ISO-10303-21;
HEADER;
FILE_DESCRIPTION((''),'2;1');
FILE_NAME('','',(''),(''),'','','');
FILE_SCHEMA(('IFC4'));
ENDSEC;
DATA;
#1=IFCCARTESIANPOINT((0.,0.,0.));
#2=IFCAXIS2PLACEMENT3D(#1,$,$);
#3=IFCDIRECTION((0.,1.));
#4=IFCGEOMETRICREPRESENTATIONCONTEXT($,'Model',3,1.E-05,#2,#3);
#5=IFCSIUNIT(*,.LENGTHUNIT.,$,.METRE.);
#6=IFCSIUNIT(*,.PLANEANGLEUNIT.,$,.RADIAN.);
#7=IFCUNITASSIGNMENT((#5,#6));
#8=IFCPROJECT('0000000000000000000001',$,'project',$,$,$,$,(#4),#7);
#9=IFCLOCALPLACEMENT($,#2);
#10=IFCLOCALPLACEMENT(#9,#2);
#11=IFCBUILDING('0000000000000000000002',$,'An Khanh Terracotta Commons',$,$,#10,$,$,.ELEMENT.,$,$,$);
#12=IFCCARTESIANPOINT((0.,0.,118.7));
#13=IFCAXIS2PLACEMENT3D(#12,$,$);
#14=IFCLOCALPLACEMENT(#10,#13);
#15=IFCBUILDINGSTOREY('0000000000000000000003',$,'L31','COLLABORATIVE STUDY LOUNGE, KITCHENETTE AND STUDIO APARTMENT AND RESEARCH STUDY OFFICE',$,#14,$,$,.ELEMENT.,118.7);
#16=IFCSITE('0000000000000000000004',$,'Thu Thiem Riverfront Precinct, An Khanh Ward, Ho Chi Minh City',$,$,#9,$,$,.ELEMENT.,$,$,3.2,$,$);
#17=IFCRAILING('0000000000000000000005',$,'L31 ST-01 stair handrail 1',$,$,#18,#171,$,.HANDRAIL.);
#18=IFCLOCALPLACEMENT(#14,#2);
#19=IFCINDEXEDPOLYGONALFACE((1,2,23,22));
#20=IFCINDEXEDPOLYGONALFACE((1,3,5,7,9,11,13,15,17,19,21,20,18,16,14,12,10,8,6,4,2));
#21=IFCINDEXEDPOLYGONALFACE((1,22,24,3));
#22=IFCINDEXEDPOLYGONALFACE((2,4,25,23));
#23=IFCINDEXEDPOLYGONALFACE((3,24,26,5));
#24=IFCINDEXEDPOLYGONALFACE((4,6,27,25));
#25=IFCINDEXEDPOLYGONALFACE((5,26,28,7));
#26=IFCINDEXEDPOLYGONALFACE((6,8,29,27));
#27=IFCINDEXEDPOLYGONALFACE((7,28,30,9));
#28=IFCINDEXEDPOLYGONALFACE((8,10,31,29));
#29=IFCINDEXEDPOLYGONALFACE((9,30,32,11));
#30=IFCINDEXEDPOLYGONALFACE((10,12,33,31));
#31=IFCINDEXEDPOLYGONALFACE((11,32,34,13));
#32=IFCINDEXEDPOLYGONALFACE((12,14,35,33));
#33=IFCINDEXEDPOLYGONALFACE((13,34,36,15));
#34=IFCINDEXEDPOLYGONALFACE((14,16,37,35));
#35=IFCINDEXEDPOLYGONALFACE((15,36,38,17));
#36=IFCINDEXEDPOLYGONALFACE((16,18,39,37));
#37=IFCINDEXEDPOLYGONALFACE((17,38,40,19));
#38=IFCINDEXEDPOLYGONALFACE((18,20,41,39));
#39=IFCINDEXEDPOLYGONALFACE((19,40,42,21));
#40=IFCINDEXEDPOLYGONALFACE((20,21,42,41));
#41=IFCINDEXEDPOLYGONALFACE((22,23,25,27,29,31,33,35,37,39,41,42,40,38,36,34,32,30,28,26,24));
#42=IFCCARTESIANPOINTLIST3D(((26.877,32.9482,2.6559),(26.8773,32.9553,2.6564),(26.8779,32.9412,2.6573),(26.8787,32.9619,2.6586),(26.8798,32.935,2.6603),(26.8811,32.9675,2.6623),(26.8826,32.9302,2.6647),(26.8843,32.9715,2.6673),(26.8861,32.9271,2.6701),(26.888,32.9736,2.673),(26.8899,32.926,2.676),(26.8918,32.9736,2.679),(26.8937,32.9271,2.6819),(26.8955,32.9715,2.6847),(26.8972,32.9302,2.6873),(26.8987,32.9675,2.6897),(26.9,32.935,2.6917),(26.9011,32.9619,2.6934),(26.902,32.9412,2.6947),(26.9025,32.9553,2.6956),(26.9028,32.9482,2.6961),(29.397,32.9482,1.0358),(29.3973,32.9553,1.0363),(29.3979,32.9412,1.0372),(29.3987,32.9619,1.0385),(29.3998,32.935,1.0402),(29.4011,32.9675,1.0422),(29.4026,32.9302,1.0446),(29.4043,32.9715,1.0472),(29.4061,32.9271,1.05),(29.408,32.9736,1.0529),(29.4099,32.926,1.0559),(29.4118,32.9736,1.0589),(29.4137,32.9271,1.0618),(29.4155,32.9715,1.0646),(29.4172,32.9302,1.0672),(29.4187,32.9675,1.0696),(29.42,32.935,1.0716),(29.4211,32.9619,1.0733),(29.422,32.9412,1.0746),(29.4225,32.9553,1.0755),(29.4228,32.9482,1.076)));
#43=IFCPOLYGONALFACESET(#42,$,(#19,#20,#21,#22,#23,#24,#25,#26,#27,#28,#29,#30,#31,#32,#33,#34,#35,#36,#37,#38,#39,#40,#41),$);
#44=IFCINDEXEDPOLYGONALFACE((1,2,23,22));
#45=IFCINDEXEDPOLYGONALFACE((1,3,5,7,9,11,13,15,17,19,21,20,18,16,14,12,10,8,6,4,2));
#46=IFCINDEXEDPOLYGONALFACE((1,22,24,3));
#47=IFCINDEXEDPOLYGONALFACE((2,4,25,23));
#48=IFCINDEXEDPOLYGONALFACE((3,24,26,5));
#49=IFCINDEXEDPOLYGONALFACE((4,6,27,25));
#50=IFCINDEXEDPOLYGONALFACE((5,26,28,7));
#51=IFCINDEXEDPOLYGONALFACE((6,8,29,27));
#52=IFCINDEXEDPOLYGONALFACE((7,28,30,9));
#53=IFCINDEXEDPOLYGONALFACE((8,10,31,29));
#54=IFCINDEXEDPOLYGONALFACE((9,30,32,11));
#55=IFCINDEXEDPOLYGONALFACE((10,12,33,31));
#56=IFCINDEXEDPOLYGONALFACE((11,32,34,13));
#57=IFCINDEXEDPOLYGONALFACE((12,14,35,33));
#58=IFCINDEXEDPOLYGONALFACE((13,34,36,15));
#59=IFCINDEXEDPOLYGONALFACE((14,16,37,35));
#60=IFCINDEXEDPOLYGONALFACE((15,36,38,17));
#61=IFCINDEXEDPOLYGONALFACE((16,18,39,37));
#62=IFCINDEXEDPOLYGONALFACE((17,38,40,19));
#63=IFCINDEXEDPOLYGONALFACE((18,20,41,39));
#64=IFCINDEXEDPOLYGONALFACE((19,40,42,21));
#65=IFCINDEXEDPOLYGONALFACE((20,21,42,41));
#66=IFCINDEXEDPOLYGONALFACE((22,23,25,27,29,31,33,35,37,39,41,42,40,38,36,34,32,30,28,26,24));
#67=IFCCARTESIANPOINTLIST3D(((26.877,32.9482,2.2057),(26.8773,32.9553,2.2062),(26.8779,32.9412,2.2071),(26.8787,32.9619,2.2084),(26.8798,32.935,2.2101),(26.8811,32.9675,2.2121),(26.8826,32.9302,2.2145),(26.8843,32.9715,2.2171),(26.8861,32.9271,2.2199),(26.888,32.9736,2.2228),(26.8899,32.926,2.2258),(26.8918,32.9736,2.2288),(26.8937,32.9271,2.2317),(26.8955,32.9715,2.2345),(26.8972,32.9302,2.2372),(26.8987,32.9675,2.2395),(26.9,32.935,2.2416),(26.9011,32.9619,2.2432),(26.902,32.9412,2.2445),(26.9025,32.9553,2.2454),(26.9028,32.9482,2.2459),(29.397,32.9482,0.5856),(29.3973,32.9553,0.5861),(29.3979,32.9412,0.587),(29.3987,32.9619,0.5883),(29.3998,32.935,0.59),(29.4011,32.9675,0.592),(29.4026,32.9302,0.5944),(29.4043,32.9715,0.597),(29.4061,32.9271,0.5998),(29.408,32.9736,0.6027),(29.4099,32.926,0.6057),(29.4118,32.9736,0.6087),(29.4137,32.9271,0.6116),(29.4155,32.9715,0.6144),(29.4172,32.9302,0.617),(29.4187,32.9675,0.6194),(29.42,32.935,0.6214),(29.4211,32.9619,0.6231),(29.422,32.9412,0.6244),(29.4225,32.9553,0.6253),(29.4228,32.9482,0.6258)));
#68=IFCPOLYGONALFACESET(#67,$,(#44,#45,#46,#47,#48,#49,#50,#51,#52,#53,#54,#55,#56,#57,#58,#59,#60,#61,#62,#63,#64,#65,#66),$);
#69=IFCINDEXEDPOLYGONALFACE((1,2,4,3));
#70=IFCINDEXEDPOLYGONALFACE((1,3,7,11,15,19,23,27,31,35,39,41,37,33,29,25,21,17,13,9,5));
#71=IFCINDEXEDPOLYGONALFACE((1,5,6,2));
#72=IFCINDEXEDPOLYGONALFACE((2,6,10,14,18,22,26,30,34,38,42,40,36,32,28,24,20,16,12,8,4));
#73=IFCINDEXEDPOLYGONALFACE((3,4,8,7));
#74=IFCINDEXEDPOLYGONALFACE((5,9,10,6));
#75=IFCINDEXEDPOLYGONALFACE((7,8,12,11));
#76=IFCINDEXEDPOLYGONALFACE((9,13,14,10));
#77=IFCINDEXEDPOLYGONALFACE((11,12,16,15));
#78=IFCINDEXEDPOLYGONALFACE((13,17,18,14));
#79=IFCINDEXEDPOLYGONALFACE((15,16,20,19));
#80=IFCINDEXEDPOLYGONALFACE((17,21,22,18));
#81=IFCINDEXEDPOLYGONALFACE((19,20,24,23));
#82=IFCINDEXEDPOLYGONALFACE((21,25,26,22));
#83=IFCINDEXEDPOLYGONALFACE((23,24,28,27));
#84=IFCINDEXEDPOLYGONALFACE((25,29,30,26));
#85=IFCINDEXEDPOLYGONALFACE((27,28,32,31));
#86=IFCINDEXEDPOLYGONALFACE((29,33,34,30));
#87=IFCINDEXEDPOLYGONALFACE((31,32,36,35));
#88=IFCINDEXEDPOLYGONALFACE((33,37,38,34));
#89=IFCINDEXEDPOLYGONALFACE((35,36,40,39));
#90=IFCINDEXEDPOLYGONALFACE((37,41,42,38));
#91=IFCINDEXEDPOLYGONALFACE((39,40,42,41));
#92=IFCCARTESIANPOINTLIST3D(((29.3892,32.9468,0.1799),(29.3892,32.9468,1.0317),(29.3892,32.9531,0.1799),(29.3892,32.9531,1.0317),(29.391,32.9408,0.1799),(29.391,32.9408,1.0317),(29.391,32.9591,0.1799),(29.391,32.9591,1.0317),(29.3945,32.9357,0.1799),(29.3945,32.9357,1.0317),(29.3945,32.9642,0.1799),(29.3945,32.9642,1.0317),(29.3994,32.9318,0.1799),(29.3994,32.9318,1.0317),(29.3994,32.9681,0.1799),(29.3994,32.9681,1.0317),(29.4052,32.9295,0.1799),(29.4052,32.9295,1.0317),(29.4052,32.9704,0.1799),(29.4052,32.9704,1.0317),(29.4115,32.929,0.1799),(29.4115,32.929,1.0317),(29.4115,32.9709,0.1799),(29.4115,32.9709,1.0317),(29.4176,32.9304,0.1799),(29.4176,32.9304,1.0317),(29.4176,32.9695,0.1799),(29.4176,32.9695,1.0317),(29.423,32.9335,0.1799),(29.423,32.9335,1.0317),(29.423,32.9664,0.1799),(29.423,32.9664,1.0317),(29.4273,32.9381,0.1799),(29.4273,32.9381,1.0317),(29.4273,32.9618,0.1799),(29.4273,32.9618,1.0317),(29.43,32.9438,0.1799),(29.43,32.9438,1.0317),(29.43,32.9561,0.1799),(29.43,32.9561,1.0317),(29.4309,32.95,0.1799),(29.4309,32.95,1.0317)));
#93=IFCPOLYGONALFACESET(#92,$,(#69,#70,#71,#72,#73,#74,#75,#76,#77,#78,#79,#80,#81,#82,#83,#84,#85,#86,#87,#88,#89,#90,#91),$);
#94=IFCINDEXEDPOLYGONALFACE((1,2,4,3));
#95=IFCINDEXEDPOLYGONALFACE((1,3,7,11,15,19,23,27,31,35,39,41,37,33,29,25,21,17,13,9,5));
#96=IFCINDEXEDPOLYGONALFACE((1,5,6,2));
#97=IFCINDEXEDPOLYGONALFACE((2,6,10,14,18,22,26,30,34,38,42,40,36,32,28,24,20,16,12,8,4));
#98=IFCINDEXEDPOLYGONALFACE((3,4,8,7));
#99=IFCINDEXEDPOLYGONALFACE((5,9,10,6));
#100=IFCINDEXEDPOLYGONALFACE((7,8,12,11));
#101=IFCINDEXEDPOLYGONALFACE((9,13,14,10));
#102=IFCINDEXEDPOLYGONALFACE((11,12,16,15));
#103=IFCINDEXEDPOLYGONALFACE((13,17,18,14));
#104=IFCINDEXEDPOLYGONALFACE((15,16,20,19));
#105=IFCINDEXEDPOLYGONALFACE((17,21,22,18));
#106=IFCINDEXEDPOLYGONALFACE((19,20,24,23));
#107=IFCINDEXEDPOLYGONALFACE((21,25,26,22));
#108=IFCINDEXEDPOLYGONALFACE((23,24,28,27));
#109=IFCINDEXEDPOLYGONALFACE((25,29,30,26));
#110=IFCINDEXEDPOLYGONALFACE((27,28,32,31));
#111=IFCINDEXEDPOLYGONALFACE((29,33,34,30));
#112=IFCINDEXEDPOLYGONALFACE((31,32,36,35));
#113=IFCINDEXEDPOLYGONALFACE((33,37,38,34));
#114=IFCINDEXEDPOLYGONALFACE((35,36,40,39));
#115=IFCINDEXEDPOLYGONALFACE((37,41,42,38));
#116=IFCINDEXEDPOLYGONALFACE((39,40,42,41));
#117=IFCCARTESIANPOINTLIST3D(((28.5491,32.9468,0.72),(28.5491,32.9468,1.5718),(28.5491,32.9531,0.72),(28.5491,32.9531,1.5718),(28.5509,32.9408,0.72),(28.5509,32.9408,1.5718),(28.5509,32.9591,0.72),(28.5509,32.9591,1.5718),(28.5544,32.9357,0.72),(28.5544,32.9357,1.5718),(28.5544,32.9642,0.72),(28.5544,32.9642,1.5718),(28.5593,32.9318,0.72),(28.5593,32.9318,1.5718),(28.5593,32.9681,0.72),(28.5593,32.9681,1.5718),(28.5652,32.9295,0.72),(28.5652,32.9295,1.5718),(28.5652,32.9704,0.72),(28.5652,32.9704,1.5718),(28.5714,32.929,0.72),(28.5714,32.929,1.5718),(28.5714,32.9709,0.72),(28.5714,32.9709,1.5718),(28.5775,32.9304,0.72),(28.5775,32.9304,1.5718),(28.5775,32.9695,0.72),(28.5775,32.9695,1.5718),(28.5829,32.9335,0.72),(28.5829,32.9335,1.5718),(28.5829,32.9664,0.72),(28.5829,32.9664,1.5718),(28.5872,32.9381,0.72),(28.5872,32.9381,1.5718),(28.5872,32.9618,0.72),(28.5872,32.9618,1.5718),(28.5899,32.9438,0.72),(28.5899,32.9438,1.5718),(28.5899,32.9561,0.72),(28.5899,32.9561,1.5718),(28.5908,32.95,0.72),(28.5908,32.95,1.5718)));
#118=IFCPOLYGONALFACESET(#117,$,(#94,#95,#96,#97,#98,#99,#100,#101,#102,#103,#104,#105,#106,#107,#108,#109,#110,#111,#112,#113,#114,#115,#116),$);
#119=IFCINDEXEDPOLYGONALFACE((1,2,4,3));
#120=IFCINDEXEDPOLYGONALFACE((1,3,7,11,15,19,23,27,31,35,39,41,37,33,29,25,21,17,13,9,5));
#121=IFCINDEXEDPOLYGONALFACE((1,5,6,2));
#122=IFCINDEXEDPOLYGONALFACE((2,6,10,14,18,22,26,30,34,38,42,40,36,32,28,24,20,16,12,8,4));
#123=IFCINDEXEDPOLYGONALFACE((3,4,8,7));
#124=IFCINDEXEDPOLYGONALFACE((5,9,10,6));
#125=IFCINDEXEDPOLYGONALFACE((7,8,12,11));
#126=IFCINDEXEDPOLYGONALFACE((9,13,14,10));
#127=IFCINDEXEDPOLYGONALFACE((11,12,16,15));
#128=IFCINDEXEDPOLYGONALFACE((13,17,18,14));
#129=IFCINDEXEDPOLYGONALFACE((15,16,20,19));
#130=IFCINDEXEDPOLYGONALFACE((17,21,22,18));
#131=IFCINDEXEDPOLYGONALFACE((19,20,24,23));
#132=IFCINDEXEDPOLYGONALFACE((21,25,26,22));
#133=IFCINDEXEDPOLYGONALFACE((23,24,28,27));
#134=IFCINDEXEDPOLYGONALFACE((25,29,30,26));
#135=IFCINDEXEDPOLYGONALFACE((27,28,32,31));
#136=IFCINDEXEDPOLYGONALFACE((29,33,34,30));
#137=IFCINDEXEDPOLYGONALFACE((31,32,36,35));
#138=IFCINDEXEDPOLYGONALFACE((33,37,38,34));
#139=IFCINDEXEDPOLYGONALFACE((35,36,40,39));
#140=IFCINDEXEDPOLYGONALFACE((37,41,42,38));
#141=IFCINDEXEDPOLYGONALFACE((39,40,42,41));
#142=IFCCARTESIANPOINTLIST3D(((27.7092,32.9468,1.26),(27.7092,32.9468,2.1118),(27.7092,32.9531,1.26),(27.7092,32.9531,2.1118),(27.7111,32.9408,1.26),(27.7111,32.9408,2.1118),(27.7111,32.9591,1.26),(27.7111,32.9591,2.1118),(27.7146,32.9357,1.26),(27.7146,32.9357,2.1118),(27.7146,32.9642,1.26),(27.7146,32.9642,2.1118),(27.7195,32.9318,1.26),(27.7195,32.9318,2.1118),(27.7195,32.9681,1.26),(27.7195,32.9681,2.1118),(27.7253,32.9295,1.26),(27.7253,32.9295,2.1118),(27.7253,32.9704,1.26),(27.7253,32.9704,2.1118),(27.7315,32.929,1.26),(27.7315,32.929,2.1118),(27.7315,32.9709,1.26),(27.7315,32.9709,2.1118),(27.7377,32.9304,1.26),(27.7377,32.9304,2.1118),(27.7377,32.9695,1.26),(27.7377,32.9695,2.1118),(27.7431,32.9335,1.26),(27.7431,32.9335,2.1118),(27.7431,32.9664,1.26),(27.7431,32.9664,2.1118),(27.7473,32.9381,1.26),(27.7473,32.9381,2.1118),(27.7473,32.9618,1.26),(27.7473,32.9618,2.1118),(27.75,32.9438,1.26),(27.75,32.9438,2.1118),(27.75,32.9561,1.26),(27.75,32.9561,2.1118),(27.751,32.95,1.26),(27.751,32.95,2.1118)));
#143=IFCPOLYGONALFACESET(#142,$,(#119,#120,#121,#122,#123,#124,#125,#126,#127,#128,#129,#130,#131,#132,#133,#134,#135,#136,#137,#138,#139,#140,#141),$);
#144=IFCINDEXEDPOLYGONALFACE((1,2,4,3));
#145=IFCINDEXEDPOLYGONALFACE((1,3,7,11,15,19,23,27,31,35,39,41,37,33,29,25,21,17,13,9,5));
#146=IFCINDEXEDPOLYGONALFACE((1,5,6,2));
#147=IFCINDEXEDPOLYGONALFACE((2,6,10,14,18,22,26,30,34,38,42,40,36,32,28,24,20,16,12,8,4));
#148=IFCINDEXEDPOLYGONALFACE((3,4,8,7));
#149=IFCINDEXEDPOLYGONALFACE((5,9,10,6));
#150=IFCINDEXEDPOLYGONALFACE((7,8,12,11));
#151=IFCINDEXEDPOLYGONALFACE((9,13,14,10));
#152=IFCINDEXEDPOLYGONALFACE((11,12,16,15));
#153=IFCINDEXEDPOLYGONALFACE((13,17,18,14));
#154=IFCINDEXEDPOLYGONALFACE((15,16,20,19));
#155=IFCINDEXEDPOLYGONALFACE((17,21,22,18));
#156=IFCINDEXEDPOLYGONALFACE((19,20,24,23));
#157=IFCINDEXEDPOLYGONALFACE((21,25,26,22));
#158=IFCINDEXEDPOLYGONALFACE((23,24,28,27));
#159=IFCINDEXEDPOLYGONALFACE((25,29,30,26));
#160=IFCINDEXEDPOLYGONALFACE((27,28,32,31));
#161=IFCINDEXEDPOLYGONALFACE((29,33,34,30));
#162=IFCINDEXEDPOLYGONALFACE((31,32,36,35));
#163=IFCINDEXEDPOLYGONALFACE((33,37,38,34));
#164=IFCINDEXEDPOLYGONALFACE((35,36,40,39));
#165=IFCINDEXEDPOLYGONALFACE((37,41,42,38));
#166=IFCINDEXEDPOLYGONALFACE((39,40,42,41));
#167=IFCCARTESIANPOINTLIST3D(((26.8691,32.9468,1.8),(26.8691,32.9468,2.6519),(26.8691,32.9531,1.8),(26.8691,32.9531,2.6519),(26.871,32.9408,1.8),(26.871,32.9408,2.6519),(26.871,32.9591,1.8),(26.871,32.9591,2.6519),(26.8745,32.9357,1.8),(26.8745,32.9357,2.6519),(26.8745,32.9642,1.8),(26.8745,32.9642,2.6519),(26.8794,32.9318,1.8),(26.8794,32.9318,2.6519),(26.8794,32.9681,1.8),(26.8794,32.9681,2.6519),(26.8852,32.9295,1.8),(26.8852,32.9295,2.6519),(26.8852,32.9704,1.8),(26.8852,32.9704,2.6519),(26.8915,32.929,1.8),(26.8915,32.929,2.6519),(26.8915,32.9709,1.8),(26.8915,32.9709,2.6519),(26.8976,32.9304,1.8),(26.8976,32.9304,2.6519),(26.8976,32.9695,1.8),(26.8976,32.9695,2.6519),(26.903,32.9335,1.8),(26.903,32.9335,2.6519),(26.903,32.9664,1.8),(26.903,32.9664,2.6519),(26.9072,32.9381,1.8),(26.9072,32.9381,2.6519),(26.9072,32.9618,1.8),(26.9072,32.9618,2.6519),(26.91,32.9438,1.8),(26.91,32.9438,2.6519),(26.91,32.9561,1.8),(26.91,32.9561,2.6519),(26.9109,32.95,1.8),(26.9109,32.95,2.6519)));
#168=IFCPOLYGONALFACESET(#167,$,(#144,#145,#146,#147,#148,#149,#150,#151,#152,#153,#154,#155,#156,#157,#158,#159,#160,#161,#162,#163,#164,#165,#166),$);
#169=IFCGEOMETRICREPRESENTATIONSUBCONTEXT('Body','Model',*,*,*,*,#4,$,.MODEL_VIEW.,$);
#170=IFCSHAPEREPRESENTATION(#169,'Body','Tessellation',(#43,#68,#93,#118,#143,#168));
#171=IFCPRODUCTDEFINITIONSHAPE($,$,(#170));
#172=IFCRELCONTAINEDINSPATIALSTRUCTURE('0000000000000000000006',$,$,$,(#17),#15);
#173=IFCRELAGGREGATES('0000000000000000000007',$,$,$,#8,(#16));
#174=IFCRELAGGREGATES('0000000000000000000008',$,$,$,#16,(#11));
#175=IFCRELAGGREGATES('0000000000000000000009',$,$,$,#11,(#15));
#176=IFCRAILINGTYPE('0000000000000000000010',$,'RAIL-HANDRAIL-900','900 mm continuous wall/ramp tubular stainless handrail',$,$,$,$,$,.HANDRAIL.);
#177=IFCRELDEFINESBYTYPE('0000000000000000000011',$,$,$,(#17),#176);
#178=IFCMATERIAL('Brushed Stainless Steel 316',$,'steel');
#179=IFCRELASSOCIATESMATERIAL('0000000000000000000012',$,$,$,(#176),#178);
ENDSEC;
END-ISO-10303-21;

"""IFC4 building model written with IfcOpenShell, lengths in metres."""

from ifc_helpers import new_model, si_unit, direction, frame, origin, origin_2d, place, context, subcontext, project, spatial, circle, extrude, material, type_object, element, save


model = new_model("IFC4")

# Units and contexts
model_context = context("Model", 3, precision=1e-05, world=origin(), true_north=direction((0.0, 1.0)))
body_context = subcontext(model_context, "Body", "Model", "MODEL_VIEW")
ifc_project = project(units=[si_unit("LENGTHUNIT", "METRE"), si_unit("PLANEANGLEUNIT", "RADIAN")], contexts=[model_context])

# Site, building, storey
site_placement = place(None, origin())
site = spatial("IfcSite", under=ifc_project, at=site_placement, Name="Thu Thiem Riverfront Precinct, An Khanh Ward, Ho Chi Minh City", CompositionType="ELEMENT", RefElevation=3.2)
building_placement = place(site_placement, origin())
building = spatial("IfcBuilding", under=site, at=building_placement, Name="An Khanh Terracotta Commons", CompositionType="ELEMENT")
storey_placement = place(building_placement, frame((0.0, 0.0, 118.7)))
storey = spatial("IfcBuildingStorey", under=building, at=storey_placement, Name="L31", Description="COLLABORATIVE STUDY LOUNGE, KITCHENETTE AND STUDIO APARTMENT AND RESEARCH STUDY OFFICE", CompositionType="ELEMENT", Elevation=118.7)

# Railing
ifc_material_1 = material(Name="Brushed Stainless Steel 316", Category="steel")
railing_type_1 = type_object("IfcRailingType", Name="RAIL-HANDRAIL-900", Description="900 mm continuous wall/ramp tubular stainless handrail", PredefinedType="HANDRAIL", material=ifc_material_1)
railing_1_placement = place(storey_placement, frame((29.4099, 32.95, 0.1799)))
element("IfcRailing", 1, at=railing_1_placement, inside=storey, type_object=railing_type_1, Name="L31 ST-01 stair handrail 1", PredefinedType="HANDRAIL", context=body_context, shape_type="SweptSolid", body=[
    extrude(circle(Radius=0.0239, at=origin_2d()), frame((0.0, 0.0, 0.876), z_axis=(-0.841163, 0.0, 0.540782), x_axis=(0.0, -1.0, 0.0)), (0.0, 0.0, 1.0), 2.9958),
    extrude(circle(Radius=0.0239, at=origin_2d()), frame((0.0, 0.0, 0.4258), z_axis=(-0.841163, 0.0, 0.540782), x_axis=(0.0, -1.0, 0.0)), (0.0, 0.0, 1.0), 2.9958),
    extrude(circle(Radius=0.021, at=origin_2d()), origin(), (0.0, 0.0, 1.0), 0.8518),
    extrude(circle(Radius=0.021, at=origin_2d()), frame((-0.8401, 0.0, 0.54)), (0.0, 0.0, 1.0), 0.8518),
    extrude(circle(Radius=0.021, at=origin_2d()), frame((-1.6799, 0.0, 1.0801)), (0.0, 0.0, 1.0), 0.8518),
    extrude(circle(Radius=0.021, at=origin_2d()), frame((-2.52, 0.0, 1.6201)), (0.0, 0.0, 1.0), 0.8518),
])

save(model, "model.ifc")
